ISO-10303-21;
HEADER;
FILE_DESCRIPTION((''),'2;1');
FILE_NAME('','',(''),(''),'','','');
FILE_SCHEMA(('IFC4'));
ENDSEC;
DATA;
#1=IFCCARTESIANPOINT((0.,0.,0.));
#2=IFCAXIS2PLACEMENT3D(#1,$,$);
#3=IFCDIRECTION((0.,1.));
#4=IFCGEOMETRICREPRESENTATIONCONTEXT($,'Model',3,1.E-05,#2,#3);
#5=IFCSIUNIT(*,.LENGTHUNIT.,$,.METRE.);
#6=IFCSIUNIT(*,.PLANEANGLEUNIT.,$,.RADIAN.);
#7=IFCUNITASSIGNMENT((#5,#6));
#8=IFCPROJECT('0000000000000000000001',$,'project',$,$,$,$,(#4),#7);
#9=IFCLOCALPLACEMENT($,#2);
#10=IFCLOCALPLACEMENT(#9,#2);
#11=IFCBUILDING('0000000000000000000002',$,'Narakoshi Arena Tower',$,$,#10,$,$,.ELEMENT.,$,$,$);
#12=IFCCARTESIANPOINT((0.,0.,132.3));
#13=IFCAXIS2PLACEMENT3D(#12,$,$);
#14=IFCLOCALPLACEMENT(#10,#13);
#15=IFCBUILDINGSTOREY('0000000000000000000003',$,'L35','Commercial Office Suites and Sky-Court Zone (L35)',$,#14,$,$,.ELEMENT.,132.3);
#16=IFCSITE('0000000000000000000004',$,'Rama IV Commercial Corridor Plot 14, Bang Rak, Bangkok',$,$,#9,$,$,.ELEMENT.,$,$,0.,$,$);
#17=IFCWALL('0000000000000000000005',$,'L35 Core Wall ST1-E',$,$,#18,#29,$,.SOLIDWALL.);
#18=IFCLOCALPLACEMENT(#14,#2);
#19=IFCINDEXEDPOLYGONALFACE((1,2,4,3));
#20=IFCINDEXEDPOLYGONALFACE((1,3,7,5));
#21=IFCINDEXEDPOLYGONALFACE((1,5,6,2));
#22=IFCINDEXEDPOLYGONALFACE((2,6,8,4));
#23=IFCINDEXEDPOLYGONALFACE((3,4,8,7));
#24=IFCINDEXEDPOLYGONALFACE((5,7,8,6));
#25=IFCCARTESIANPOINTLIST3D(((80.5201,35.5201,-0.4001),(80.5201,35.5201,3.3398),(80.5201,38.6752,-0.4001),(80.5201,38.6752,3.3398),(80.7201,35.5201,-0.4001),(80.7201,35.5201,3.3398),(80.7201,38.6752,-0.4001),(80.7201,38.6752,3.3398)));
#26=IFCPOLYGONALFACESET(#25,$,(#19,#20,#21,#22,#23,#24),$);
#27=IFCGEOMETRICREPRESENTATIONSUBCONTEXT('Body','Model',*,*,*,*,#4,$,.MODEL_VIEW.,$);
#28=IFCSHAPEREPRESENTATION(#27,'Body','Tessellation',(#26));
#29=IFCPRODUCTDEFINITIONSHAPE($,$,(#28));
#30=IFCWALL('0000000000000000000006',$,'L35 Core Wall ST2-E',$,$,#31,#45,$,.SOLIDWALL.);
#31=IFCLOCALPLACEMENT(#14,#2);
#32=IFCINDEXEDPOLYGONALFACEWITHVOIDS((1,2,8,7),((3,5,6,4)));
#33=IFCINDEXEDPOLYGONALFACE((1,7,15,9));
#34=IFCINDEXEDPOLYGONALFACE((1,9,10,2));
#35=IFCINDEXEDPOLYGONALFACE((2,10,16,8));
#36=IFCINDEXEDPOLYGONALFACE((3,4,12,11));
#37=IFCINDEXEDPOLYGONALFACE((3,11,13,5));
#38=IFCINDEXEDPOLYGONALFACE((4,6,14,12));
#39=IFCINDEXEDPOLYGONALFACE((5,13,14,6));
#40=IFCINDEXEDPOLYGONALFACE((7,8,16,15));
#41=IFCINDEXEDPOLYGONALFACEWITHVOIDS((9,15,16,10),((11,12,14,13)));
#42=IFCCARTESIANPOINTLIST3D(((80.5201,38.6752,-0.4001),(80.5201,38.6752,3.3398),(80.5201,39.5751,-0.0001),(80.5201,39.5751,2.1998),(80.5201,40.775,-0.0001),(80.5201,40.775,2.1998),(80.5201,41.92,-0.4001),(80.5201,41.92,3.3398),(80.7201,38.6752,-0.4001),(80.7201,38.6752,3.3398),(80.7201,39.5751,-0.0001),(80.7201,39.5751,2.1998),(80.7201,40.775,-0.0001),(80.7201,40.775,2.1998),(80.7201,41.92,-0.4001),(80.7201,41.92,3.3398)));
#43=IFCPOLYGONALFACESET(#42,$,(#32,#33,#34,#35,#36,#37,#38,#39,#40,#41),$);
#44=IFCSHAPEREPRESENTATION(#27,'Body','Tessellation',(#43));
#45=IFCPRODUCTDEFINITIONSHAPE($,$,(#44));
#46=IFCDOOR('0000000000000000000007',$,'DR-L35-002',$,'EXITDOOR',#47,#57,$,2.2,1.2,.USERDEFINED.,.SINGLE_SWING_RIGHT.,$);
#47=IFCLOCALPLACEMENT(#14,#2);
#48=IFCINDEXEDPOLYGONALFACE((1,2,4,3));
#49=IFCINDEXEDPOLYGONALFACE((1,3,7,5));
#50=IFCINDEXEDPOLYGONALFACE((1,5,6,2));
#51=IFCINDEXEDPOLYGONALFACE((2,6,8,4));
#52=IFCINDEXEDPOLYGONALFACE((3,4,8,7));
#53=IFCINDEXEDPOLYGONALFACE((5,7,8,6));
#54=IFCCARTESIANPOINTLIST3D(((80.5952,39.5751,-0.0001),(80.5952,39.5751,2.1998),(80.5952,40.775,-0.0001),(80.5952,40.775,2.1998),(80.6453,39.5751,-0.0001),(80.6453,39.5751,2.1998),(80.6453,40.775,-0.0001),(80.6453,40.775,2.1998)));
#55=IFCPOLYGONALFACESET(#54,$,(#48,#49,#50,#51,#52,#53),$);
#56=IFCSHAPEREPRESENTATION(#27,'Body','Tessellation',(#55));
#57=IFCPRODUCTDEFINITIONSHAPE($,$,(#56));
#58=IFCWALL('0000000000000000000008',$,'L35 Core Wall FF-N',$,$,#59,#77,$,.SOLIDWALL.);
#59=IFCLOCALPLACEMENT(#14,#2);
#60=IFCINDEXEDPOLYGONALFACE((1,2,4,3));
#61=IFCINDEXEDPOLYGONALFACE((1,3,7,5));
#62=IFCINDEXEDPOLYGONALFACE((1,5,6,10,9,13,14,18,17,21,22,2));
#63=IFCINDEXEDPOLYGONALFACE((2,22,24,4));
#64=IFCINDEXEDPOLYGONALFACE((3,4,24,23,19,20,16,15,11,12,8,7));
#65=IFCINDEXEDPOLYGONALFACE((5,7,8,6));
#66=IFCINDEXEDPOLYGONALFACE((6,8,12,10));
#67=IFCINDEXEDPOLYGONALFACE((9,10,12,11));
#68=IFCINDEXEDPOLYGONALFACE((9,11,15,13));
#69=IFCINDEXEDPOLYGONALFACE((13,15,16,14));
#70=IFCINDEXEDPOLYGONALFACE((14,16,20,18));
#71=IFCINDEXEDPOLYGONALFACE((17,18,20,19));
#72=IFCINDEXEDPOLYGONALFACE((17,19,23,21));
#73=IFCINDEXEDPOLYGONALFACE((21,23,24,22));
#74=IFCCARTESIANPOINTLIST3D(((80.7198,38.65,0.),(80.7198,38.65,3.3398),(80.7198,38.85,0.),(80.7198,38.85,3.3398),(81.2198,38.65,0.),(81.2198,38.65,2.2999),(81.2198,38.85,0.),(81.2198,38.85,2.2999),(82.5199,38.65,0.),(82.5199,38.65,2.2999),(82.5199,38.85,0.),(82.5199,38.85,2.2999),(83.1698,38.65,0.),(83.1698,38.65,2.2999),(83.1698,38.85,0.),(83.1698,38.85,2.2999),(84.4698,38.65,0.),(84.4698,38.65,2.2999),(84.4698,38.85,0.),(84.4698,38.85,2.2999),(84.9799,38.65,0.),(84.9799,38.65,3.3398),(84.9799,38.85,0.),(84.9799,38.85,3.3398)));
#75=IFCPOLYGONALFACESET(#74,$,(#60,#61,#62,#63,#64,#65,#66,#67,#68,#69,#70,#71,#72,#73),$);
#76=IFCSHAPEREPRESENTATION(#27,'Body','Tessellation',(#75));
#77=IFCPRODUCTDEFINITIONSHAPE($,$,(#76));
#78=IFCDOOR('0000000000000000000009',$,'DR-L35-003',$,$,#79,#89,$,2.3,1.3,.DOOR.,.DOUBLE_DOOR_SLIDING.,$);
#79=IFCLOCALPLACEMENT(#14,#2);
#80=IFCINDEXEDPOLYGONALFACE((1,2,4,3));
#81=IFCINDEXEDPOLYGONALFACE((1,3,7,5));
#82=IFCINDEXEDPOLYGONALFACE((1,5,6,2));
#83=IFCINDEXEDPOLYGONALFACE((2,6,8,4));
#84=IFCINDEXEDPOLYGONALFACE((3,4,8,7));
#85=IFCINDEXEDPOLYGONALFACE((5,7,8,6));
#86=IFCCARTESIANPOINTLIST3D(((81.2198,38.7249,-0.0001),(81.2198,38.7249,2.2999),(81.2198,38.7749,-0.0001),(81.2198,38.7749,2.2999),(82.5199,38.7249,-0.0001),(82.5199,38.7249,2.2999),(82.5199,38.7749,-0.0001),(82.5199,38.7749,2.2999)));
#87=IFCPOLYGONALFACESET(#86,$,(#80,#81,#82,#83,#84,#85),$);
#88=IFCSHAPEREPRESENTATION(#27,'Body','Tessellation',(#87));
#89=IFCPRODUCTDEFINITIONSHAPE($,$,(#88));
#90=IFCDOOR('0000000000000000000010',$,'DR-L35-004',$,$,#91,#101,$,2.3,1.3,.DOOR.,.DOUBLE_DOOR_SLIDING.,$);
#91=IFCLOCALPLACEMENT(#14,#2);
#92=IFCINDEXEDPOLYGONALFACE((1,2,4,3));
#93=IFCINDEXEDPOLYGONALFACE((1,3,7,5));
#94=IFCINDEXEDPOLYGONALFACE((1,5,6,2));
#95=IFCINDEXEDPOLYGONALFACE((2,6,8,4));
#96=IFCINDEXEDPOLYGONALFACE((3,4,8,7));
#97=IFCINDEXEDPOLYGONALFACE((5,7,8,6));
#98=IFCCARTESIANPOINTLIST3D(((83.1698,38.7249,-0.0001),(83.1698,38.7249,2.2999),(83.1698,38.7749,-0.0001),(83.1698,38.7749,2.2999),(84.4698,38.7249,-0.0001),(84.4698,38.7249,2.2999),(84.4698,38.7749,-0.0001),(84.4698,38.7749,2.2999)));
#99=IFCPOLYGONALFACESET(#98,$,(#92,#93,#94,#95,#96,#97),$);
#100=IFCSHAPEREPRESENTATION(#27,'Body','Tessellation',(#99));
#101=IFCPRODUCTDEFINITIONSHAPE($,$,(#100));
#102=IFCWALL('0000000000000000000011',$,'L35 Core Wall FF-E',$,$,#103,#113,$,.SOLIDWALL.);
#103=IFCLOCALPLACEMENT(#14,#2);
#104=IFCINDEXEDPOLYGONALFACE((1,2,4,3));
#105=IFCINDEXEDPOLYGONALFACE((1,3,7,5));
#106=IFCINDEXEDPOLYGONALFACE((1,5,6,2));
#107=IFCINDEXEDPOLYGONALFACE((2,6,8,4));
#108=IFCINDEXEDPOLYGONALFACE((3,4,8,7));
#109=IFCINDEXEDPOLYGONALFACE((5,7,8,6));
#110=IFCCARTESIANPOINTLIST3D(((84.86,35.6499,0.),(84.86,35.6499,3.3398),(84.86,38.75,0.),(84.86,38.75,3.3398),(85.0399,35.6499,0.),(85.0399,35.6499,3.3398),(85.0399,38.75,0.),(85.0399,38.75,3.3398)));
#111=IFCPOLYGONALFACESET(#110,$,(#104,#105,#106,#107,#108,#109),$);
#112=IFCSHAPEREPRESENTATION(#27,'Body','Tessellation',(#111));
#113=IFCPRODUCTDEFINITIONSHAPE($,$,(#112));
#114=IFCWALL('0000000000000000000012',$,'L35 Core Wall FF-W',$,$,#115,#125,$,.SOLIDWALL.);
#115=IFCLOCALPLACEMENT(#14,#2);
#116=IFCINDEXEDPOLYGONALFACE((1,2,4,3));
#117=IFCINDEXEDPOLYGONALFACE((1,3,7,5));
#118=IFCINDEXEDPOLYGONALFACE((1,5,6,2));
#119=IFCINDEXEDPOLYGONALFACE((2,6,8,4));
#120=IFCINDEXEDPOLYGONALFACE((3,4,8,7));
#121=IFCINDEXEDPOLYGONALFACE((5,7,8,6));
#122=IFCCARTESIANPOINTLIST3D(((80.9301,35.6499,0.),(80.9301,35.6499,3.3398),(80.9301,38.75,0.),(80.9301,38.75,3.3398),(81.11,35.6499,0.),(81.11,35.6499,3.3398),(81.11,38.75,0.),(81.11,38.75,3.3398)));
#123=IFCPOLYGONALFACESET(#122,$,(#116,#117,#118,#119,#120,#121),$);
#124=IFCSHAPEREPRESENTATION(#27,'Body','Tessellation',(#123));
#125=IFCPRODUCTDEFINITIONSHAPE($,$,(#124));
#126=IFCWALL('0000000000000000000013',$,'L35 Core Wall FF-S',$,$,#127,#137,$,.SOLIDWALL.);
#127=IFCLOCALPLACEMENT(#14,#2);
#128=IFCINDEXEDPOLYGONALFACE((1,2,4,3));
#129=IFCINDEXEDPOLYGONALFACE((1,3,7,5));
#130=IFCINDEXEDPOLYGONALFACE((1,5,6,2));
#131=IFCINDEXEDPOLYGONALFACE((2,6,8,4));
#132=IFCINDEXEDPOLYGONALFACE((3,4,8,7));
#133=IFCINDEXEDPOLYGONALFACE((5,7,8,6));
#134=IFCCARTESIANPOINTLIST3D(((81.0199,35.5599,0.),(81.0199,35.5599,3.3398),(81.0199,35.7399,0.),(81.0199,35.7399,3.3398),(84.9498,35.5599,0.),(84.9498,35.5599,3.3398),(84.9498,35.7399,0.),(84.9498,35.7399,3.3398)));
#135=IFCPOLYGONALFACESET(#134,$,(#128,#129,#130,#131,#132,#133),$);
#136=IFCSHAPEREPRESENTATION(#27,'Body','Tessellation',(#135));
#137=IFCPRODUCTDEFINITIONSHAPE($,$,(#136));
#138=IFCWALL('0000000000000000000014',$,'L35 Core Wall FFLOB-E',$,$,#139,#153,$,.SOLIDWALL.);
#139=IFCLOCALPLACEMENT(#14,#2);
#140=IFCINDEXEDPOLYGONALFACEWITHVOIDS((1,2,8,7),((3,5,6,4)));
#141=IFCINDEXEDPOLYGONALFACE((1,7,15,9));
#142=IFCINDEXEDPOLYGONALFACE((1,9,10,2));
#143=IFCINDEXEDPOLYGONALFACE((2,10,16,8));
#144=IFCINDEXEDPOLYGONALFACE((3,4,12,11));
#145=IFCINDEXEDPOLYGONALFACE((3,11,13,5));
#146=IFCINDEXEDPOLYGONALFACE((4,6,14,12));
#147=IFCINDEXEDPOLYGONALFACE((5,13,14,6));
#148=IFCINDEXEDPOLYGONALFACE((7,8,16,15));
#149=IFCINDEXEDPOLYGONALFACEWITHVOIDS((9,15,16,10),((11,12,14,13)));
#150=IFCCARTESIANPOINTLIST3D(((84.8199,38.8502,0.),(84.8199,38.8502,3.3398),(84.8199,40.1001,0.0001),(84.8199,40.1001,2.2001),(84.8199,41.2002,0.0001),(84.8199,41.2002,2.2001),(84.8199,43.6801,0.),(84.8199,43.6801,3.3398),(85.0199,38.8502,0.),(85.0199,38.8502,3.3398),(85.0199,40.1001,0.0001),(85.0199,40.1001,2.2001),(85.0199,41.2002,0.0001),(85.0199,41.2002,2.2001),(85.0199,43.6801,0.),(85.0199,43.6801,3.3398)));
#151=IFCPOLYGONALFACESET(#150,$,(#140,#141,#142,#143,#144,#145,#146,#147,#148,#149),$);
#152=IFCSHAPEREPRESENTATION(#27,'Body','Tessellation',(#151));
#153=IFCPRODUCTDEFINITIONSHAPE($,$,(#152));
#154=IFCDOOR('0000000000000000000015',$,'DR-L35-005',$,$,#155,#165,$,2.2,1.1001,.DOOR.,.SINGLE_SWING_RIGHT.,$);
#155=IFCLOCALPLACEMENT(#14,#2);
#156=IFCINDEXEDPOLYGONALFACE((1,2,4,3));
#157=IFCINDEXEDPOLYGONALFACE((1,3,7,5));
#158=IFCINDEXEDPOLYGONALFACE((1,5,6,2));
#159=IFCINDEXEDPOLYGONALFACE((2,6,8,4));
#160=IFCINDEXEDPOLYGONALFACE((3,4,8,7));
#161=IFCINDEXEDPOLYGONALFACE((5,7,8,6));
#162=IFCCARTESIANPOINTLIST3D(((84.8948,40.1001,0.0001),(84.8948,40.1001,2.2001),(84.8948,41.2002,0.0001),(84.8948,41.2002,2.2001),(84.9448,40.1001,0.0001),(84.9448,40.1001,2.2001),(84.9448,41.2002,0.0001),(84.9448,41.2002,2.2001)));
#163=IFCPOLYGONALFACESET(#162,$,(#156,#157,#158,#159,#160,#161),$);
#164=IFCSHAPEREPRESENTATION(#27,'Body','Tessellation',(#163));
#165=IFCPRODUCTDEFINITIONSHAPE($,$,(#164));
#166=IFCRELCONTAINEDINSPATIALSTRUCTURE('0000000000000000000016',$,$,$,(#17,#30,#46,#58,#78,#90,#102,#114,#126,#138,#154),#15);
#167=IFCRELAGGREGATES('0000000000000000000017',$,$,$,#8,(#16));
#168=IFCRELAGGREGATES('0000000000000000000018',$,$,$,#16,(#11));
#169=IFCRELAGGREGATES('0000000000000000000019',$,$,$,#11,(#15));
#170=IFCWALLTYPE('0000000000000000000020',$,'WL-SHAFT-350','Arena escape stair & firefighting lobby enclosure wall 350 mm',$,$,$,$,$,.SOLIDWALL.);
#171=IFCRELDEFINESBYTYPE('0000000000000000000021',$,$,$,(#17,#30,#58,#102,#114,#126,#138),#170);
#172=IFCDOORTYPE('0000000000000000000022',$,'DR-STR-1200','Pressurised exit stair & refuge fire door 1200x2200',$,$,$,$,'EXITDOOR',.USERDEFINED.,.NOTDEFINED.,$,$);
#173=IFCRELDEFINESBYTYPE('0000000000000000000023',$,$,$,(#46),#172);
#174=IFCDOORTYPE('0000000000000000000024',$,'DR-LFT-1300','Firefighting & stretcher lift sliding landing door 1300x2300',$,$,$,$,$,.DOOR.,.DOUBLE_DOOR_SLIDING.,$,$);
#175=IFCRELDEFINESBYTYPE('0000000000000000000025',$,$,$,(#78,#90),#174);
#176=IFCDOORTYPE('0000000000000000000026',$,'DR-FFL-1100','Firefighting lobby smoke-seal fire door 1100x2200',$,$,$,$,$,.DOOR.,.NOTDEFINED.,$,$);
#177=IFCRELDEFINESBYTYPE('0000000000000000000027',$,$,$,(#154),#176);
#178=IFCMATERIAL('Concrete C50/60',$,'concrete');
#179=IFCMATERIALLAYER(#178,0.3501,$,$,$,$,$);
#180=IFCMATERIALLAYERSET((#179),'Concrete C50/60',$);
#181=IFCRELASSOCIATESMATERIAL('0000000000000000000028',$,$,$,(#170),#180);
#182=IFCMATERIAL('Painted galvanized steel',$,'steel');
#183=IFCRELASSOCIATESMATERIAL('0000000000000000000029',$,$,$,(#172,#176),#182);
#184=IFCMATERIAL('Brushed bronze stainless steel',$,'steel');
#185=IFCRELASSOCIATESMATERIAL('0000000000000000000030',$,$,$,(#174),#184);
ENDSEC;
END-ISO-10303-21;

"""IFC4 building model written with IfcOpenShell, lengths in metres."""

from ifc_helpers import new_model, si_unit, direction, frame, frame_2d, origin, place, context, subcontext, project, spatial, rectangle, extrude, material, layer, layer_set, type_object, element, fill, save


model = new_model("IFC4")

# Units and contexts
model_context = context("Model", 3, precision=1e-05, world=origin(), true_north=direction((0.0, 1.0)))
body_context = subcontext(model_context, "Body", "Model", "MODEL_VIEW")
ifc_project = project(units=[si_unit("LENGTHUNIT", "METRE"), si_unit("PLANEANGLEUNIT", "RADIAN")], contexts=[model_context])

# Site, building, storey
site_placement = place(None, origin())
site = spatial("IfcSite", under=ifc_project, at=site_placement, Name="Rama IV Commercial Corridor Plot 14, Bang Rak, Bangkok", CompositionType="ELEMENT", RefElevation=0.0)
building_placement = place(site_placement, origin())
building = spatial("IfcBuilding", under=site, at=building_placement, Name="Narakoshi Arena Tower", CompositionType="ELEMENT")
storey_placement = place(building_placement, frame((0.0, 0.0, 132.3)))
storey = spatial("IfcBuildingStorey", under=building, at=storey_placement, Name="L35", Description="Commercial Office Suites and Sky-Court Zone (L35)", CompositionType="ELEMENT", Elevation=132.3)

# Wall
ifc_material_1 = material(Name="Concrete C50/60", Category="concrete")
ifc_layer_1 = layer(ifc_material_1, 0.3501)
ifc_layer_set_1 = layer_set([ifc_layer_1], Name="Concrete C50/60")
wall_type_1 = type_object("IfcWallType", Name="WL-SHAFT-350", Description="Arena escape stair & firefighting lobby enclosure wall 350 mm", PredefinedType="SOLIDWALL", material=ifc_layer_set_1)
wall_1_placement = place(storey_placement, frame((80.6201, 35.52, -0.4001), z_axis=(0.0, 0.0, 1.0), x_axis=(0.0, 1.0, 0.0)))
element("IfcWall", 1, at=wall_1_placement, inside=storey, type_object=wall_type_1, Name="L35 Core Wall ST1-E", PredefinedType="SOLIDWALL", context=body_context, shape_type="SweptSolid", body=[
    extrude(rectangle(XDim=3.155, YDim=0.2, at=frame_2d((1.5776, 0.0))), origin(), (0.0, 0.0, 1.0), 3.74),
])

# Wall, opening, door
wall_2_placement = place(storey_placement, frame((80.6201, 38.675, -0.4001), z_axis=(0.0, 0.0, 1.0), x_axis=(0.0, 1.0, 0.0)))
wall_2 = element("IfcWall", 2, at=wall_2_placement, inside=storey, type_object=wall_type_1, Name="L35 Core Wall ST2-E", PredefinedType="SOLIDWALL", context=body_context, shape_type="SweptSolid", body=[
    extrude(rectangle(XDim=3.2449, YDim=0.2, at=frame_2d((1.6226, 0.0))), origin(), (0.0, 0.0, 1.0), 3.74),
])
opening_1_placement = place(wall_2_placement, frame((0.8999, 0.0, 0.3999)))
opening_1 = element("IfcOpeningElement", 3, at=opening_1_placement, cuts=wall_2, PredefinedType="OPENING", context=body_context, shape_type="SweptSolid", body=[
    extrude(rectangle(XDim=1.2, YDim=2.2, at=frame_2d((0.6001, 1.1001))), frame((0.0, 0.1099, 0.0), z_axis=(0.0, -1.0, 0.0), x_axis=(1.0, 0.0, 0.0)), (0.0, 0.0, 1.0), 0.22),
])
ifc_material_2 = material(Name="Painted galvanized steel", Category="steel")
door_type_1 = type_object("IfcDoorType", Name="DR-STR-1200", Description="Pressurised exit stair & refuge fire door 1200x2200", ElementType="EXITDOOR", OperationType="NOTDEFINED", PredefinedType="USERDEFINED", material=ifc_material_2)
door_1_placement = place(opening_1_placement, origin())
door_1 = element("IfcDoor", 4, at=door_1_placement, inside=storey, type_object=door_type_1, Name="DR-L35-002", ObjectType="EXITDOOR", OperationType="SINGLE_SWING_RIGHT", OverallHeight=2.2, OverallWidth=1.2, PredefinedType="USERDEFINED", context=body_context, shape_type="SweptSolid", body=[
    extrude(rectangle(XDim=1.2, YDim=2.2, at=frame_2d((0.6001, 1.1001))), frame((0.0, 0.0249, 0.0), z_axis=(0.0, -1.0, 0.0), x_axis=(1.0, 0.0, 0.0)), (0.0, 0.0, 1.0), 0.05),
])
fill(opening_1, door_1)

# Wall, openings, doors
wall_3_placement = place(storey_placement, frame((80.72, 38.75, 0.0), z_axis=(0.0, 0.0, 1.0), x_axis=(1.0, 0.0, 0.0)))
wall_3 = element("IfcWall", 5, at=wall_3_placement, inside=storey, type_object=wall_type_1, Name="L35 Core Wall FF-N", PredefinedType="SOLIDWALL", context=body_context, shape_type="SweptSolid", body=[
    extrude(rectangle(XDim=4.26, YDim=0.2, at=frame_2d((2.1299, 0.0))), origin(), (0.0, 0.0, 1.0), 3.3398),
])
opening_2_placement = place(wall_3_placement, frame((0.5, 0.0, 0.0)))
opening_2 = element("IfcOpeningElement", 6, at=opening_2_placement, cuts=wall_3, PredefinedType="OPENING", context=body_context, shape_type="SweptSolid", body=[
    extrude(rectangle(XDim=1.3, YDim=2.3, at=frame_2d((0.6499, 1.1499))), frame((0.0, 0.1099, 0.0), z_axis=(0.0, -1.0, 0.0), x_axis=(1.0, 0.0, 0.0)), (0.0, 0.0, 1.0), 0.22),
])
opening_3_placement = place(wall_3_placement, frame((2.45, 0.0, 0.0)))
opening_3 = element("IfcOpeningElement", 7, at=opening_3_placement, cuts=wall_3, PredefinedType="OPENING", context=body_context, shape_type="SweptSolid", body=[
    extrude(rectangle(XDim=1.3, YDim=2.3, at=frame_2d((0.6499, 1.1499))), frame((0.0, 0.1099, 0.0), z_axis=(0.0, -1.0, 0.0), x_axis=(1.0, 0.0, 0.0)), (0.0, 0.0, 1.0), 0.22),
])
ifc_material_3 = material(Name="Brushed bronze stainless steel", Category="steel")
door_type_2 = type_object("IfcDoorType", Name="DR-LFT-1300", Description="Firefighting & stretcher lift sliding landing door 1300x2300", OperationType="DOUBLE_DOOR_SLIDING", PredefinedType="DOOR", material=ifc_material_3)
door_2_placement = place(opening_2_placement, origin())
door_2 = element("IfcDoor", 8, at=door_2_placement, inside=storey, type_object=door_type_2, Name="DR-L35-003", OperationType="DOUBLE_DOOR_SLIDING", OverallHeight=2.3, OverallWidth=1.3, PredefinedType="DOOR", context=body_context, shape_type="SweptSolid", body=[
    extrude(rectangle(XDim=1.3, YDim=2.3, at=frame_2d((0.6499, 1.1499))), frame((0.0, 0.0249, 0.0), z_axis=(0.0, -1.0, 0.0), x_axis=(1.0, 0.0, 0.0)), (0.0, 0.0, 1.0), 0.05),
])
fill(opening_2, door_2)
door_3_placement = place(opening_3_placement, origin())
door_3 = element("IfcDoor", 9, at=door_3_placement, inside=storey, type_object=door_type_2, Name="DR-L35-004", OperationType="DOUBLE_DOOR_SLIDING", OverallHeight=2.3, OverallWidth=1.3, PredefinedType="DOOR", context=body_context, shape_type="SweptSolid", body=[
    extrude(rectangle(XDim=1.3, YDim=2.3, at=frame_2d((0.6499, 1.1499))), frame((0.0, 0.0249, 0.0), z_axis=(0.0, -1.0, 0.0), x_axis=(1.0, 0.0, 0.0)), (0.0, 0.0, 1.0), 0.05),
])
fill(opening_3, door_3)

# Walls
for number, where, z_axis, x_axis, name in (
    (10, (84.95, 35.6499, 0.0), (0.0, 0.0, 1.0), (0.0, 1.0, 0.0), "L35 Core Wall FF-E"),
    (11, (81.02, 35.6499, 0.0), (0.0, 0.0, 1.0), (0.0, 1.0, 0.0), "L35 Core Wall FF-W"),
):
    element("IfcWall", number, at=place(storey_placement, frame(where, z_axis=z_axis, x_axis=x_axis)), inside=storey, type_object=wall_type_1, Name=name, PredefinedType="SOLIDWALL", context=body_context, shape_type="SweptSolid", body=[
        extrude(rectangle(XDim=3.1001, YDim=0.1799, at=frame_2d((1.55, 0.0))), origin(), (0.0, 0.0, 1.0), 3.3398),
    ])
wall_4_placement = place(storey_placement, frame((81.02, 35.6499, 0.0), z_axis=(0.0, 0.0, 1.0), x_axis=(1.0, 0.0, 0.0)))
element("IfcWall", 12, at=wall_4_placement, inside=storey, type_object=wall_type_1, Name="L35 Core Wall FF-S", PredefinedType="SOLIDWALL", context=body_context, shape_type="SweptSolid", body=[
    extrude(rectangle(XDim=3.9299, YDim=0.1799, at=frame_2d((1.9648, 0.0))), origin(), (0.0, 0.0, 1.0), 3.3398),
])

# Wall, opening, door
wall_5_placement = place(storey_placement, frame((84.9199, 38.8501, 0.0), z_axis=(0.0, 0.0, 1.0), x_axis=(0.0, 1.0, 0.0)))
wall_5 = element("IfcWall", 13, at=wall_5_placement, inside=storey, type_object=wall_type_1, Name="L35 Core Wall FFLOB-E", PredefinedType="SOLIDWALL", context=body_context, shape_type="SweptSolid", body=[
    extrude(rectangle(XDim=4.8298, YDim=0.2, at=frame_2d((2.415, 0.0))), origin(), (0.0, 0.0, 1.0), 3.3398),
])
opening_4_placement = place(wall_5_placement, frame((1.25, 0.0, 0.0)))
opening_4 = element("IfcOpeningElement", 14, at=opening_4_placement, cuts=wall_5, PredefinedType="OPENING", context=body_context, shape_type="SweptSolid", body=[
    extrude(rectangle(XDim=1.1001, YDim=2.2, at=frame_2d((0.55, 1.1001))), frame((0.0, 0.1099, 0.0), z_axis=(0.0, -1.0, 0.0), x_axis=(1.0, 0.0, 0.0)), (0.0, 0.0, 1.0), 0.22),
])
door_type_3 = type_object("IfcDoorType", Name="DR-FFL-1100", Description="Firefighting lobby smoke-seal fire door 1100x2200", OperationType="NOTDEFINED", PredefinedType="DOOR", material=ifc_material_2)
door_4_placement = place(opening_4_placement, frame((1.1001, 0.0, 0.0), z_axis=(0.0, 0.0, 1.0), x_axis=(-1.0, 0.0, 0.0)))
door_4 = element("IfcDoor", 15, at=door_4_placement, inside=storey, type_object=door_type_3, Name="DR-L35-005", OperationType="SINGLE_SWING_RIGHT", OverallHeight=2.2, OverallWidth=1.1001, PredefinedType="DOOR", context=body_context, shape_type="SweptSolid", body=[
    extrude(rectangle(XDim=1.1001, YDim=2.2, at=frame_2d((0.55, 1.1001))), frame((0.0, 0.0249, 0.0), z_axis=(0.0, -1.0, 0.0), x_axis=(1.0, 0.0, 0.0)), (0.0, 0.0, 1.0), 0.05),
])
fill(opening_4, door_4)

save(model, "model.ifc")
